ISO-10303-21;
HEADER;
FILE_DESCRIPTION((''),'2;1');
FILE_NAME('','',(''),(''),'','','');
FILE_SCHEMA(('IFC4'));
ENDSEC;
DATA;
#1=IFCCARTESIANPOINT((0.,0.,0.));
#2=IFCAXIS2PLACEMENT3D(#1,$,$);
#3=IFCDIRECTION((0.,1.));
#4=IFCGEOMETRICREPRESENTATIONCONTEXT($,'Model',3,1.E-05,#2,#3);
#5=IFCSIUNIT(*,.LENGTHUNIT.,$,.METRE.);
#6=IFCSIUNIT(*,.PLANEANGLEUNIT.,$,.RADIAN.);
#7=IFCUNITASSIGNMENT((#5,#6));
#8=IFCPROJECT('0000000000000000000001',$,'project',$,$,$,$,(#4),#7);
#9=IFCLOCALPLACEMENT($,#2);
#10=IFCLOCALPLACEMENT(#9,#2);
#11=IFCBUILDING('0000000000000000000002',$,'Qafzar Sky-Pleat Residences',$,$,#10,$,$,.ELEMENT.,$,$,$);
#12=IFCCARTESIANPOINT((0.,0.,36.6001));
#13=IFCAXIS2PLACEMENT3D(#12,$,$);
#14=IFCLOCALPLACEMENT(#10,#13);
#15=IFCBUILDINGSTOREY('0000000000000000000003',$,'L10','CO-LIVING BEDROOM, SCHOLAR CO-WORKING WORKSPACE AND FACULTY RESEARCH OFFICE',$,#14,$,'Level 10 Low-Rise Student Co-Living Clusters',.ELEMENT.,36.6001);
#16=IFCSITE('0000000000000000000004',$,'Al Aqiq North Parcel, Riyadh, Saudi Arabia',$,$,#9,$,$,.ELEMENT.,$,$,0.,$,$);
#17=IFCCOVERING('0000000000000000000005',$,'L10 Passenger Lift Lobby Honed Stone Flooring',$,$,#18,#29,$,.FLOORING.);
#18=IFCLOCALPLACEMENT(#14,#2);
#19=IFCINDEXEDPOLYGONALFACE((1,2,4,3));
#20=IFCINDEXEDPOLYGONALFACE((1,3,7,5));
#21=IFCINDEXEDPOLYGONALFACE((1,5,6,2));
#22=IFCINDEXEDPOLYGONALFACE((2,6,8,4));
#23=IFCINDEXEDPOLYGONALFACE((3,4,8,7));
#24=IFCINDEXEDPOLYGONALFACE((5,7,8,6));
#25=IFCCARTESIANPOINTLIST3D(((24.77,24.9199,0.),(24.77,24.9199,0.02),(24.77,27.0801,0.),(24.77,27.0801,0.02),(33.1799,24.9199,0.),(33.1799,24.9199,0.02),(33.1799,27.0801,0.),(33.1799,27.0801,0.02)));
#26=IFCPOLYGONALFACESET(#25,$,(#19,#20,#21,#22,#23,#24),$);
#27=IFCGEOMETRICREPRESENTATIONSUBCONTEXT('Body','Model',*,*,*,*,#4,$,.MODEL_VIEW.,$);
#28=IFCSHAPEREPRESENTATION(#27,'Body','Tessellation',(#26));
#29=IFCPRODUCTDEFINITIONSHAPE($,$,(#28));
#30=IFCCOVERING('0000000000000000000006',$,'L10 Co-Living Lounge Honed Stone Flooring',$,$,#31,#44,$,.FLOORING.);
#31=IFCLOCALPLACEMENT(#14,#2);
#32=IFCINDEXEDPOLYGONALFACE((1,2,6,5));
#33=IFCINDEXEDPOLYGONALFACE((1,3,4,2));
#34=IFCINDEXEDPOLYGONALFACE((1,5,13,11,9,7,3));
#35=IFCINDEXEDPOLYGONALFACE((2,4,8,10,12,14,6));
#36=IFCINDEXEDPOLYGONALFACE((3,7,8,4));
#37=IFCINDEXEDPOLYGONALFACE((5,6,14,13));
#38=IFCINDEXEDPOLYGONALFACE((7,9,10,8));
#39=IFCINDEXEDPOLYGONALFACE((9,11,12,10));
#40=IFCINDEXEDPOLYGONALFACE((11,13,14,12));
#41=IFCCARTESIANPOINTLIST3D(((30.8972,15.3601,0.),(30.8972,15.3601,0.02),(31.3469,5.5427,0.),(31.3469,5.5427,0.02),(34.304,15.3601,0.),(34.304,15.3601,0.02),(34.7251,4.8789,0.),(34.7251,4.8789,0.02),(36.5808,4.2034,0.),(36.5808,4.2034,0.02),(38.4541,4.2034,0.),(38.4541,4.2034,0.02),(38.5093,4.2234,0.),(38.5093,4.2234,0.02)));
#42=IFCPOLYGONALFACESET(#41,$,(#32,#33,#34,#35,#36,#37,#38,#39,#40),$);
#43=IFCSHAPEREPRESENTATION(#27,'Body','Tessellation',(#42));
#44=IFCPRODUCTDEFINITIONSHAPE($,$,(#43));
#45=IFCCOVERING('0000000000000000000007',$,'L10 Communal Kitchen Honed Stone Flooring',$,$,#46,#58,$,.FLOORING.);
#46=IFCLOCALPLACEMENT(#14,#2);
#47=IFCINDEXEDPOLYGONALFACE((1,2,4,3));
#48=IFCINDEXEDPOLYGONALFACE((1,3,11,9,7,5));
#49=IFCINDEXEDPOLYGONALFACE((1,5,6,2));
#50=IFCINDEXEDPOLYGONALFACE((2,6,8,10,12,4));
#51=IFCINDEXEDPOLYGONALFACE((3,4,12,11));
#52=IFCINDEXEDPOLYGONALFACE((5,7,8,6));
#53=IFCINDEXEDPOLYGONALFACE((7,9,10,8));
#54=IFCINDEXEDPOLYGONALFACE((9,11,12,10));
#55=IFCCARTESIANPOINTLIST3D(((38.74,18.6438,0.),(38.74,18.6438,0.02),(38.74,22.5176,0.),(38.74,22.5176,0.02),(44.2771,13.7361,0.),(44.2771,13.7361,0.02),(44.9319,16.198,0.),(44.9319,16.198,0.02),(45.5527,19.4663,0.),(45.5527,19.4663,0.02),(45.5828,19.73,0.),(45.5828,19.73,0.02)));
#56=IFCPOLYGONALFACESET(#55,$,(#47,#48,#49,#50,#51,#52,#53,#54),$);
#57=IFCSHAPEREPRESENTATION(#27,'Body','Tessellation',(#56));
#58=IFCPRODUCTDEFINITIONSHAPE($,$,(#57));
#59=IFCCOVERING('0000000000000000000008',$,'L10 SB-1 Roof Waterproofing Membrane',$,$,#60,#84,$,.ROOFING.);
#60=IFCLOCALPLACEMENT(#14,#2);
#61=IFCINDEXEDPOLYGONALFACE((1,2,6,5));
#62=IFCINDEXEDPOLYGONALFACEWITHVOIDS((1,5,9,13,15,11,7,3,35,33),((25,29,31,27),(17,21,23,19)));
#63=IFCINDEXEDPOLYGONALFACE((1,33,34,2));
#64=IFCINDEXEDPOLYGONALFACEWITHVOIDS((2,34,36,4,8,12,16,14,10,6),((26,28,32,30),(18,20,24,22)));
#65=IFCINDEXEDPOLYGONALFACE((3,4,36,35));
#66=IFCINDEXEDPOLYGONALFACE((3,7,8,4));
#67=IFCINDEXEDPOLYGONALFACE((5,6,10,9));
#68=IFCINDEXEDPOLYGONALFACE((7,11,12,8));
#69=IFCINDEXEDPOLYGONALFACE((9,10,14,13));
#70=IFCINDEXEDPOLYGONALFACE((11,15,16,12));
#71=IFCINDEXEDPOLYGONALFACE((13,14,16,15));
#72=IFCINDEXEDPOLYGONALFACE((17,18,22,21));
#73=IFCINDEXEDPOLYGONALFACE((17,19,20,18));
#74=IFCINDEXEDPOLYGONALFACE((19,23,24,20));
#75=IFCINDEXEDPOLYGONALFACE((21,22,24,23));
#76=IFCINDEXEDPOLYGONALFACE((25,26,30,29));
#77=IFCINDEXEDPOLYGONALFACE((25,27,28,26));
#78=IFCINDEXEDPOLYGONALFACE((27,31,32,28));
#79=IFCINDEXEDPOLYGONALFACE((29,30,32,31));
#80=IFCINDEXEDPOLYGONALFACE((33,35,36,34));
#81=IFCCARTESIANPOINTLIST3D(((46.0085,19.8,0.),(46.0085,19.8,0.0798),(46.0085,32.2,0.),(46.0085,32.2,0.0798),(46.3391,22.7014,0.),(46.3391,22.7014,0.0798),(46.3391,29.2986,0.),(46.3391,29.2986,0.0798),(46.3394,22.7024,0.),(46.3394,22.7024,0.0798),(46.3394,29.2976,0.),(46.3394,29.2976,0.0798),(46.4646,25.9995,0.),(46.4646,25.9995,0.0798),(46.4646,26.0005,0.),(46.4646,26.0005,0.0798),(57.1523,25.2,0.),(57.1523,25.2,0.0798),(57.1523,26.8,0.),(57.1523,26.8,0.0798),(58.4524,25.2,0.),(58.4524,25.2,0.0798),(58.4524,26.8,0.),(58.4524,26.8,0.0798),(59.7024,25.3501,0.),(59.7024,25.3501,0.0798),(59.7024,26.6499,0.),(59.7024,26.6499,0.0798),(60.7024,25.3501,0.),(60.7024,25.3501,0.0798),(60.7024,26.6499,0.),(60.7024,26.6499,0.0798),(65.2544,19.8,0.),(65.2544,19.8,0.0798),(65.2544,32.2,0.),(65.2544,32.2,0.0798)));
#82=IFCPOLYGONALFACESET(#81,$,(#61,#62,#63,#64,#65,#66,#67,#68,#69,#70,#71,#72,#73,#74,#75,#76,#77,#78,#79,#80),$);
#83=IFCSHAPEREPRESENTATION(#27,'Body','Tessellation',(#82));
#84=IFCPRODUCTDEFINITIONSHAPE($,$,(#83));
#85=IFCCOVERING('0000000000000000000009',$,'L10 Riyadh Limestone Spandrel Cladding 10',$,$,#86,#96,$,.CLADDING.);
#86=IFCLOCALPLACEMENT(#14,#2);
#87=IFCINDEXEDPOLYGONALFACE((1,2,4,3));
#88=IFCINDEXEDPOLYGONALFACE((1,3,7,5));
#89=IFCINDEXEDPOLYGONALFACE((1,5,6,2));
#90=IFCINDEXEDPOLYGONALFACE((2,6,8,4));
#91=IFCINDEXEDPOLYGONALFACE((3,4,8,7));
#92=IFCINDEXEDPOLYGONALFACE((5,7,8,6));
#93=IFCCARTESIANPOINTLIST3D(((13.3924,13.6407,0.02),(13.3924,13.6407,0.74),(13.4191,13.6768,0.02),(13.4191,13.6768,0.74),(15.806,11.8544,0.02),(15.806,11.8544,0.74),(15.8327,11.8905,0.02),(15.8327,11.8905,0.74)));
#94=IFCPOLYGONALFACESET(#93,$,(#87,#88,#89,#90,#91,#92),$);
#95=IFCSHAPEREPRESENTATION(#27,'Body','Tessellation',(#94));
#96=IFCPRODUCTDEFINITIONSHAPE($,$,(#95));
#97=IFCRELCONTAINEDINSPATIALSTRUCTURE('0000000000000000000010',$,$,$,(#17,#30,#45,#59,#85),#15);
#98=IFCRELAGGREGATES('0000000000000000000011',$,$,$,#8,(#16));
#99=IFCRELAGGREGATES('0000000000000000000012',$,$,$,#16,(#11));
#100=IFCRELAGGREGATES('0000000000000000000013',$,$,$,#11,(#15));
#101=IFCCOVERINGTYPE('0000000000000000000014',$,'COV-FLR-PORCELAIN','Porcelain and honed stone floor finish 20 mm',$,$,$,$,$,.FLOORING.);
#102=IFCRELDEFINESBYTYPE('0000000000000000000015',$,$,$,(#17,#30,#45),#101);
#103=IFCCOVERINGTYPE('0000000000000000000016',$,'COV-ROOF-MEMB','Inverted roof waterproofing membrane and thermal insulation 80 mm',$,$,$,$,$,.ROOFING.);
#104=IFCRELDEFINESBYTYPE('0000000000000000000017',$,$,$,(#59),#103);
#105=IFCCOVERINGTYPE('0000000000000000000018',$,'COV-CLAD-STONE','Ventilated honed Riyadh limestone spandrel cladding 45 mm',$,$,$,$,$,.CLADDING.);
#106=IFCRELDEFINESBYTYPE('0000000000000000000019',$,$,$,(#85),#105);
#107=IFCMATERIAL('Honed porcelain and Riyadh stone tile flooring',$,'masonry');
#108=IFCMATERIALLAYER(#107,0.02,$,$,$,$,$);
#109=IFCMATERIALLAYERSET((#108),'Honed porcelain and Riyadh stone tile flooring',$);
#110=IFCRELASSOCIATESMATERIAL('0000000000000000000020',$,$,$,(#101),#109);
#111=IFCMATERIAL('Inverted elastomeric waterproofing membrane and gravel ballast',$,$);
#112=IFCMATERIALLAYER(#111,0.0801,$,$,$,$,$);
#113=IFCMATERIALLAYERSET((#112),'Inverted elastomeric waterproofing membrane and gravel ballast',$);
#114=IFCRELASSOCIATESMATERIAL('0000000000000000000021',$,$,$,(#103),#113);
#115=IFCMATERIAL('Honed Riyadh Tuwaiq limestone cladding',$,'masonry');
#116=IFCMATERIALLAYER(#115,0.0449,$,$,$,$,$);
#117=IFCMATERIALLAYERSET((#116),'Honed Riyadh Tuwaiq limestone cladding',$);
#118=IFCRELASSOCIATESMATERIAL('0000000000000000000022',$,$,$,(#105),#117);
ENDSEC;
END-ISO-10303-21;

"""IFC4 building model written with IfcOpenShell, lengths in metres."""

from ifc_helpers import new_model, si_unit, direction, frame, origin, origin_2d, place, context, subcontext, project, spatial, polyline, rectangle, outline, extrude, source, transform, mapped, material, layer, layer_set, type_object, element, save


model = new_model("IFC4")

# Units and contexts
model_context = context("Model", 3, precision=1e-05, world=origin(), true_north=direction((0.0, 1.0)))
body_context = subcontext(model_context, "Body", "Model", "MODEL_VIEW")
ifc_project = project(units=[si_unit("LENGTHUNIT", "METRE"), si_unit("PLANEANGLEUNIT", "RADIAN")], contexts=[model_context])

# Site, building, storey
site_placement = place(None, origin())
site = spatial("IfcSite", under=ifc_project, at=site_placement, Name="Al Aqiq North Parcel, Riyadh, Saudi Arabia", CompositionType="ELEMENT", RefElevation=0.0)
building_placement = place(site_placement, origin())
building = spatial("IfcBuilding", under=site, at=building_placement, Name="Qafzar Sky-Pleat Residences", CompositionType="ELEMENT")
storey_placement = place(building_placement, frame((0.0, 0.0, 36.6001)))
storey = spatial("IfcBuildingStorey", under=building, at=storey_placement, Name="L10", Description="CO-LIVING BEDROOM, SCHOLAR CO-WORKING WORKSPACE AND FACULTY RESEARCH OFFICE", LongName="Level 10 Low-Rise Student Co-Living Clusters", CompositionType="ELEMENT", Elevation=36.6001)

# Coverings
ifc_material_1 = material(Name="Honed porcelain and Riyadh stone tile flooring", Category="masonry")
ifc_layer_1 = layer(ifc_material_1, 0.02)
ifc_layer_set_1 = layer_set([ifc_layer_1], Name="Honed porcelain and Riyadh stone tile flooring")
covering_type_1 = type_object("IfcCoveringType", Name="COV-FLR-PORCELAIN", Description="Porcelain and honed stone floor finish 20 mm", PredefinedType="FLOORING", material=ifc_layer_set_1)
covering_1_placement = place(storey_placement, origin())
element("IfcCovering", 1, at=covering_1_placement, inside=storey, type_object=covering_type_1, Name="L10 Passenger Lift Lobby Honed Stone Flooring", PredefinedType="FLOORING", context=body_context, shape_type="SweptSolid", body=[
    extrude(outline(polyline([(33.1799, 24.9199), (24.77, 24.9199), (24.77, 27.0801), (33.1799, 27.0801), (33.1799, 24.9199)])), origin(), (0.0, 0.0, 1.0), 0.02),
])
covering_2_placement = place(storey_placement, origin())
element("IfcCovering", 2, at=covering_2_placement, inside=storey, type_object=covering_type_1, Name="L10 Co-Living Lounge Honed Stone Flooring", PredefinedType="FLOORING", context=body_context, shape_type="SweptSolid", body=[
    extrude(outline(polyline([(38.4541, 4.2034), (36.5808, 4.2034), (34.7251, 4.8789), (31.3469, 5.5427), (30.8972, 15.3601), (34.304, 15.3601), (38.5093, 4.2234), (38.4541, 4.2034)])), origin(), (0.0, 0.0, 1.0), 0.02),
])
covering_3_placement = place(storey_placement, origin())
element("IfcCovering", 3, at=covering_3_placement, inside=storey, type_object=covering_type_1, Name="L10 Communal Kitchen Honed Stone Flooring", PredefinedType="FLOORING", context=body_context, shape_type="SweptSolid", body=[
    extrude(outline(polyline([(45.5527, 19.4663), (44.9319, 16.198), (44.2771, 13.7361), (38.74, 18.6438), (38.74, 22.5176), (45.5828, 19.73), (45.5527, 19.4663)])), origin(), (0.0, 0.0, 1.0), 0.02),
])
ifc_material_2 = material(Name="Inverted elastomeric waterproofing membrane and gravel ballast")
ifc_layer_2 = layer(ifc_material_2, 0.0801)
ifc_layer_set_2 = layer_set([ifc_layer_2], Name="Inverted elastomeric waterproofing membrane and gravel ballast")
covering_type_2 = type_object("IfcCoveringType", Name="COV-ROOF-MEMB", Description="Inverted roof waterproofing membrane and thermal insulation 80 mm", PredefinedType="ROOFING", material=ifc_layer_set_2)
covering_4_placement = place(storey_placement, origin())
element("IfcCovering", 4, at=covering_4_placement, inside=storey, type_object=covering_type_2, Name="L10 SB-1 Roof Waterproofing Membrane", PredefinedType="ROOFING", context=body_context, shape_type="SweptSolid", body=[
    extrude(outline(polyline([(65.2544, 32.2), (65.2544, 19.8), (46.0085, 19.8), (46.3391, 22.7014), (46.3394, 22.7024), (46.4646, 25.9995), (46.4646, 26.0005), (46.3394, 29.2976), (46.3391, 29.2986), (46.0085, 32.2), (65.2544, 32.2)]), holes=[polyline([(57.1523, 25.2), (58.4524, 25.2), (58.4524, 26.8), (57.1523, 26.8), (57.1523, 25.2)]), polyline([(59.7024, 25.3501), (60.7024, 25.3501), (60.7024, 26.6499), (59.7024, 26.6499), (59.7024, 25.3501)])]), origin(), (0.0, 0.0, 1.0), 0.0798),
])
ifc_material_3 = material(Name="Honed Riyadh Tuwaiq limestone cladding", Category="masonry")
ifc_layer_3 = layer(ifc_material_3, 0.0449)
ifc_layer_set_3 = layer_set([ifc_layer_3], Name="Honed Riyadh Tuwaiq limestone cladding")
covering_type_3 = type_object("IfcCoveringType", Name="COV-CLAD-STONE", Description="Ventilated honed Riyadh limestone spandrel cladding 45 mm", PredefinedType="CLADDING", material=ifc_layer_set_3)
shared_shape_1 = source(origin(), body_context, "Body", "SweptSolid", [
    extrude(rectangle(XDim=3.0027, YDim=0.0449, at=origin_2d()), origin(), (0.0, 0.0, 1.0), 0.72),
])
covering_5_placement = place(storey_placement, frame((14.6125, 12.7656, 0.02), z_axis=(0.0, 0.0, 1.0), x_axis=(0.803807, -0.59489, 0.0)))
element("IfcCovering", 5, at=covering_5_placement, inside=storey, type_object=covering_type_3, Name="L10 Riyadh Limestone Spandrel Cladding 10", PredefinedType="CLADDING", context=body_context, shape_type="MappedRepresentation", body=[
    mapped(shared_shape_1, transform((0.0, 0.0, 0.0), x_axis=(1.0, 0.0, 0.0), y_axis=(0.0, 1.0, 0.0), z_axis=(0.0, 0.0, 1.0), scale=1.0)),
])

save(model, "model.ifc")
